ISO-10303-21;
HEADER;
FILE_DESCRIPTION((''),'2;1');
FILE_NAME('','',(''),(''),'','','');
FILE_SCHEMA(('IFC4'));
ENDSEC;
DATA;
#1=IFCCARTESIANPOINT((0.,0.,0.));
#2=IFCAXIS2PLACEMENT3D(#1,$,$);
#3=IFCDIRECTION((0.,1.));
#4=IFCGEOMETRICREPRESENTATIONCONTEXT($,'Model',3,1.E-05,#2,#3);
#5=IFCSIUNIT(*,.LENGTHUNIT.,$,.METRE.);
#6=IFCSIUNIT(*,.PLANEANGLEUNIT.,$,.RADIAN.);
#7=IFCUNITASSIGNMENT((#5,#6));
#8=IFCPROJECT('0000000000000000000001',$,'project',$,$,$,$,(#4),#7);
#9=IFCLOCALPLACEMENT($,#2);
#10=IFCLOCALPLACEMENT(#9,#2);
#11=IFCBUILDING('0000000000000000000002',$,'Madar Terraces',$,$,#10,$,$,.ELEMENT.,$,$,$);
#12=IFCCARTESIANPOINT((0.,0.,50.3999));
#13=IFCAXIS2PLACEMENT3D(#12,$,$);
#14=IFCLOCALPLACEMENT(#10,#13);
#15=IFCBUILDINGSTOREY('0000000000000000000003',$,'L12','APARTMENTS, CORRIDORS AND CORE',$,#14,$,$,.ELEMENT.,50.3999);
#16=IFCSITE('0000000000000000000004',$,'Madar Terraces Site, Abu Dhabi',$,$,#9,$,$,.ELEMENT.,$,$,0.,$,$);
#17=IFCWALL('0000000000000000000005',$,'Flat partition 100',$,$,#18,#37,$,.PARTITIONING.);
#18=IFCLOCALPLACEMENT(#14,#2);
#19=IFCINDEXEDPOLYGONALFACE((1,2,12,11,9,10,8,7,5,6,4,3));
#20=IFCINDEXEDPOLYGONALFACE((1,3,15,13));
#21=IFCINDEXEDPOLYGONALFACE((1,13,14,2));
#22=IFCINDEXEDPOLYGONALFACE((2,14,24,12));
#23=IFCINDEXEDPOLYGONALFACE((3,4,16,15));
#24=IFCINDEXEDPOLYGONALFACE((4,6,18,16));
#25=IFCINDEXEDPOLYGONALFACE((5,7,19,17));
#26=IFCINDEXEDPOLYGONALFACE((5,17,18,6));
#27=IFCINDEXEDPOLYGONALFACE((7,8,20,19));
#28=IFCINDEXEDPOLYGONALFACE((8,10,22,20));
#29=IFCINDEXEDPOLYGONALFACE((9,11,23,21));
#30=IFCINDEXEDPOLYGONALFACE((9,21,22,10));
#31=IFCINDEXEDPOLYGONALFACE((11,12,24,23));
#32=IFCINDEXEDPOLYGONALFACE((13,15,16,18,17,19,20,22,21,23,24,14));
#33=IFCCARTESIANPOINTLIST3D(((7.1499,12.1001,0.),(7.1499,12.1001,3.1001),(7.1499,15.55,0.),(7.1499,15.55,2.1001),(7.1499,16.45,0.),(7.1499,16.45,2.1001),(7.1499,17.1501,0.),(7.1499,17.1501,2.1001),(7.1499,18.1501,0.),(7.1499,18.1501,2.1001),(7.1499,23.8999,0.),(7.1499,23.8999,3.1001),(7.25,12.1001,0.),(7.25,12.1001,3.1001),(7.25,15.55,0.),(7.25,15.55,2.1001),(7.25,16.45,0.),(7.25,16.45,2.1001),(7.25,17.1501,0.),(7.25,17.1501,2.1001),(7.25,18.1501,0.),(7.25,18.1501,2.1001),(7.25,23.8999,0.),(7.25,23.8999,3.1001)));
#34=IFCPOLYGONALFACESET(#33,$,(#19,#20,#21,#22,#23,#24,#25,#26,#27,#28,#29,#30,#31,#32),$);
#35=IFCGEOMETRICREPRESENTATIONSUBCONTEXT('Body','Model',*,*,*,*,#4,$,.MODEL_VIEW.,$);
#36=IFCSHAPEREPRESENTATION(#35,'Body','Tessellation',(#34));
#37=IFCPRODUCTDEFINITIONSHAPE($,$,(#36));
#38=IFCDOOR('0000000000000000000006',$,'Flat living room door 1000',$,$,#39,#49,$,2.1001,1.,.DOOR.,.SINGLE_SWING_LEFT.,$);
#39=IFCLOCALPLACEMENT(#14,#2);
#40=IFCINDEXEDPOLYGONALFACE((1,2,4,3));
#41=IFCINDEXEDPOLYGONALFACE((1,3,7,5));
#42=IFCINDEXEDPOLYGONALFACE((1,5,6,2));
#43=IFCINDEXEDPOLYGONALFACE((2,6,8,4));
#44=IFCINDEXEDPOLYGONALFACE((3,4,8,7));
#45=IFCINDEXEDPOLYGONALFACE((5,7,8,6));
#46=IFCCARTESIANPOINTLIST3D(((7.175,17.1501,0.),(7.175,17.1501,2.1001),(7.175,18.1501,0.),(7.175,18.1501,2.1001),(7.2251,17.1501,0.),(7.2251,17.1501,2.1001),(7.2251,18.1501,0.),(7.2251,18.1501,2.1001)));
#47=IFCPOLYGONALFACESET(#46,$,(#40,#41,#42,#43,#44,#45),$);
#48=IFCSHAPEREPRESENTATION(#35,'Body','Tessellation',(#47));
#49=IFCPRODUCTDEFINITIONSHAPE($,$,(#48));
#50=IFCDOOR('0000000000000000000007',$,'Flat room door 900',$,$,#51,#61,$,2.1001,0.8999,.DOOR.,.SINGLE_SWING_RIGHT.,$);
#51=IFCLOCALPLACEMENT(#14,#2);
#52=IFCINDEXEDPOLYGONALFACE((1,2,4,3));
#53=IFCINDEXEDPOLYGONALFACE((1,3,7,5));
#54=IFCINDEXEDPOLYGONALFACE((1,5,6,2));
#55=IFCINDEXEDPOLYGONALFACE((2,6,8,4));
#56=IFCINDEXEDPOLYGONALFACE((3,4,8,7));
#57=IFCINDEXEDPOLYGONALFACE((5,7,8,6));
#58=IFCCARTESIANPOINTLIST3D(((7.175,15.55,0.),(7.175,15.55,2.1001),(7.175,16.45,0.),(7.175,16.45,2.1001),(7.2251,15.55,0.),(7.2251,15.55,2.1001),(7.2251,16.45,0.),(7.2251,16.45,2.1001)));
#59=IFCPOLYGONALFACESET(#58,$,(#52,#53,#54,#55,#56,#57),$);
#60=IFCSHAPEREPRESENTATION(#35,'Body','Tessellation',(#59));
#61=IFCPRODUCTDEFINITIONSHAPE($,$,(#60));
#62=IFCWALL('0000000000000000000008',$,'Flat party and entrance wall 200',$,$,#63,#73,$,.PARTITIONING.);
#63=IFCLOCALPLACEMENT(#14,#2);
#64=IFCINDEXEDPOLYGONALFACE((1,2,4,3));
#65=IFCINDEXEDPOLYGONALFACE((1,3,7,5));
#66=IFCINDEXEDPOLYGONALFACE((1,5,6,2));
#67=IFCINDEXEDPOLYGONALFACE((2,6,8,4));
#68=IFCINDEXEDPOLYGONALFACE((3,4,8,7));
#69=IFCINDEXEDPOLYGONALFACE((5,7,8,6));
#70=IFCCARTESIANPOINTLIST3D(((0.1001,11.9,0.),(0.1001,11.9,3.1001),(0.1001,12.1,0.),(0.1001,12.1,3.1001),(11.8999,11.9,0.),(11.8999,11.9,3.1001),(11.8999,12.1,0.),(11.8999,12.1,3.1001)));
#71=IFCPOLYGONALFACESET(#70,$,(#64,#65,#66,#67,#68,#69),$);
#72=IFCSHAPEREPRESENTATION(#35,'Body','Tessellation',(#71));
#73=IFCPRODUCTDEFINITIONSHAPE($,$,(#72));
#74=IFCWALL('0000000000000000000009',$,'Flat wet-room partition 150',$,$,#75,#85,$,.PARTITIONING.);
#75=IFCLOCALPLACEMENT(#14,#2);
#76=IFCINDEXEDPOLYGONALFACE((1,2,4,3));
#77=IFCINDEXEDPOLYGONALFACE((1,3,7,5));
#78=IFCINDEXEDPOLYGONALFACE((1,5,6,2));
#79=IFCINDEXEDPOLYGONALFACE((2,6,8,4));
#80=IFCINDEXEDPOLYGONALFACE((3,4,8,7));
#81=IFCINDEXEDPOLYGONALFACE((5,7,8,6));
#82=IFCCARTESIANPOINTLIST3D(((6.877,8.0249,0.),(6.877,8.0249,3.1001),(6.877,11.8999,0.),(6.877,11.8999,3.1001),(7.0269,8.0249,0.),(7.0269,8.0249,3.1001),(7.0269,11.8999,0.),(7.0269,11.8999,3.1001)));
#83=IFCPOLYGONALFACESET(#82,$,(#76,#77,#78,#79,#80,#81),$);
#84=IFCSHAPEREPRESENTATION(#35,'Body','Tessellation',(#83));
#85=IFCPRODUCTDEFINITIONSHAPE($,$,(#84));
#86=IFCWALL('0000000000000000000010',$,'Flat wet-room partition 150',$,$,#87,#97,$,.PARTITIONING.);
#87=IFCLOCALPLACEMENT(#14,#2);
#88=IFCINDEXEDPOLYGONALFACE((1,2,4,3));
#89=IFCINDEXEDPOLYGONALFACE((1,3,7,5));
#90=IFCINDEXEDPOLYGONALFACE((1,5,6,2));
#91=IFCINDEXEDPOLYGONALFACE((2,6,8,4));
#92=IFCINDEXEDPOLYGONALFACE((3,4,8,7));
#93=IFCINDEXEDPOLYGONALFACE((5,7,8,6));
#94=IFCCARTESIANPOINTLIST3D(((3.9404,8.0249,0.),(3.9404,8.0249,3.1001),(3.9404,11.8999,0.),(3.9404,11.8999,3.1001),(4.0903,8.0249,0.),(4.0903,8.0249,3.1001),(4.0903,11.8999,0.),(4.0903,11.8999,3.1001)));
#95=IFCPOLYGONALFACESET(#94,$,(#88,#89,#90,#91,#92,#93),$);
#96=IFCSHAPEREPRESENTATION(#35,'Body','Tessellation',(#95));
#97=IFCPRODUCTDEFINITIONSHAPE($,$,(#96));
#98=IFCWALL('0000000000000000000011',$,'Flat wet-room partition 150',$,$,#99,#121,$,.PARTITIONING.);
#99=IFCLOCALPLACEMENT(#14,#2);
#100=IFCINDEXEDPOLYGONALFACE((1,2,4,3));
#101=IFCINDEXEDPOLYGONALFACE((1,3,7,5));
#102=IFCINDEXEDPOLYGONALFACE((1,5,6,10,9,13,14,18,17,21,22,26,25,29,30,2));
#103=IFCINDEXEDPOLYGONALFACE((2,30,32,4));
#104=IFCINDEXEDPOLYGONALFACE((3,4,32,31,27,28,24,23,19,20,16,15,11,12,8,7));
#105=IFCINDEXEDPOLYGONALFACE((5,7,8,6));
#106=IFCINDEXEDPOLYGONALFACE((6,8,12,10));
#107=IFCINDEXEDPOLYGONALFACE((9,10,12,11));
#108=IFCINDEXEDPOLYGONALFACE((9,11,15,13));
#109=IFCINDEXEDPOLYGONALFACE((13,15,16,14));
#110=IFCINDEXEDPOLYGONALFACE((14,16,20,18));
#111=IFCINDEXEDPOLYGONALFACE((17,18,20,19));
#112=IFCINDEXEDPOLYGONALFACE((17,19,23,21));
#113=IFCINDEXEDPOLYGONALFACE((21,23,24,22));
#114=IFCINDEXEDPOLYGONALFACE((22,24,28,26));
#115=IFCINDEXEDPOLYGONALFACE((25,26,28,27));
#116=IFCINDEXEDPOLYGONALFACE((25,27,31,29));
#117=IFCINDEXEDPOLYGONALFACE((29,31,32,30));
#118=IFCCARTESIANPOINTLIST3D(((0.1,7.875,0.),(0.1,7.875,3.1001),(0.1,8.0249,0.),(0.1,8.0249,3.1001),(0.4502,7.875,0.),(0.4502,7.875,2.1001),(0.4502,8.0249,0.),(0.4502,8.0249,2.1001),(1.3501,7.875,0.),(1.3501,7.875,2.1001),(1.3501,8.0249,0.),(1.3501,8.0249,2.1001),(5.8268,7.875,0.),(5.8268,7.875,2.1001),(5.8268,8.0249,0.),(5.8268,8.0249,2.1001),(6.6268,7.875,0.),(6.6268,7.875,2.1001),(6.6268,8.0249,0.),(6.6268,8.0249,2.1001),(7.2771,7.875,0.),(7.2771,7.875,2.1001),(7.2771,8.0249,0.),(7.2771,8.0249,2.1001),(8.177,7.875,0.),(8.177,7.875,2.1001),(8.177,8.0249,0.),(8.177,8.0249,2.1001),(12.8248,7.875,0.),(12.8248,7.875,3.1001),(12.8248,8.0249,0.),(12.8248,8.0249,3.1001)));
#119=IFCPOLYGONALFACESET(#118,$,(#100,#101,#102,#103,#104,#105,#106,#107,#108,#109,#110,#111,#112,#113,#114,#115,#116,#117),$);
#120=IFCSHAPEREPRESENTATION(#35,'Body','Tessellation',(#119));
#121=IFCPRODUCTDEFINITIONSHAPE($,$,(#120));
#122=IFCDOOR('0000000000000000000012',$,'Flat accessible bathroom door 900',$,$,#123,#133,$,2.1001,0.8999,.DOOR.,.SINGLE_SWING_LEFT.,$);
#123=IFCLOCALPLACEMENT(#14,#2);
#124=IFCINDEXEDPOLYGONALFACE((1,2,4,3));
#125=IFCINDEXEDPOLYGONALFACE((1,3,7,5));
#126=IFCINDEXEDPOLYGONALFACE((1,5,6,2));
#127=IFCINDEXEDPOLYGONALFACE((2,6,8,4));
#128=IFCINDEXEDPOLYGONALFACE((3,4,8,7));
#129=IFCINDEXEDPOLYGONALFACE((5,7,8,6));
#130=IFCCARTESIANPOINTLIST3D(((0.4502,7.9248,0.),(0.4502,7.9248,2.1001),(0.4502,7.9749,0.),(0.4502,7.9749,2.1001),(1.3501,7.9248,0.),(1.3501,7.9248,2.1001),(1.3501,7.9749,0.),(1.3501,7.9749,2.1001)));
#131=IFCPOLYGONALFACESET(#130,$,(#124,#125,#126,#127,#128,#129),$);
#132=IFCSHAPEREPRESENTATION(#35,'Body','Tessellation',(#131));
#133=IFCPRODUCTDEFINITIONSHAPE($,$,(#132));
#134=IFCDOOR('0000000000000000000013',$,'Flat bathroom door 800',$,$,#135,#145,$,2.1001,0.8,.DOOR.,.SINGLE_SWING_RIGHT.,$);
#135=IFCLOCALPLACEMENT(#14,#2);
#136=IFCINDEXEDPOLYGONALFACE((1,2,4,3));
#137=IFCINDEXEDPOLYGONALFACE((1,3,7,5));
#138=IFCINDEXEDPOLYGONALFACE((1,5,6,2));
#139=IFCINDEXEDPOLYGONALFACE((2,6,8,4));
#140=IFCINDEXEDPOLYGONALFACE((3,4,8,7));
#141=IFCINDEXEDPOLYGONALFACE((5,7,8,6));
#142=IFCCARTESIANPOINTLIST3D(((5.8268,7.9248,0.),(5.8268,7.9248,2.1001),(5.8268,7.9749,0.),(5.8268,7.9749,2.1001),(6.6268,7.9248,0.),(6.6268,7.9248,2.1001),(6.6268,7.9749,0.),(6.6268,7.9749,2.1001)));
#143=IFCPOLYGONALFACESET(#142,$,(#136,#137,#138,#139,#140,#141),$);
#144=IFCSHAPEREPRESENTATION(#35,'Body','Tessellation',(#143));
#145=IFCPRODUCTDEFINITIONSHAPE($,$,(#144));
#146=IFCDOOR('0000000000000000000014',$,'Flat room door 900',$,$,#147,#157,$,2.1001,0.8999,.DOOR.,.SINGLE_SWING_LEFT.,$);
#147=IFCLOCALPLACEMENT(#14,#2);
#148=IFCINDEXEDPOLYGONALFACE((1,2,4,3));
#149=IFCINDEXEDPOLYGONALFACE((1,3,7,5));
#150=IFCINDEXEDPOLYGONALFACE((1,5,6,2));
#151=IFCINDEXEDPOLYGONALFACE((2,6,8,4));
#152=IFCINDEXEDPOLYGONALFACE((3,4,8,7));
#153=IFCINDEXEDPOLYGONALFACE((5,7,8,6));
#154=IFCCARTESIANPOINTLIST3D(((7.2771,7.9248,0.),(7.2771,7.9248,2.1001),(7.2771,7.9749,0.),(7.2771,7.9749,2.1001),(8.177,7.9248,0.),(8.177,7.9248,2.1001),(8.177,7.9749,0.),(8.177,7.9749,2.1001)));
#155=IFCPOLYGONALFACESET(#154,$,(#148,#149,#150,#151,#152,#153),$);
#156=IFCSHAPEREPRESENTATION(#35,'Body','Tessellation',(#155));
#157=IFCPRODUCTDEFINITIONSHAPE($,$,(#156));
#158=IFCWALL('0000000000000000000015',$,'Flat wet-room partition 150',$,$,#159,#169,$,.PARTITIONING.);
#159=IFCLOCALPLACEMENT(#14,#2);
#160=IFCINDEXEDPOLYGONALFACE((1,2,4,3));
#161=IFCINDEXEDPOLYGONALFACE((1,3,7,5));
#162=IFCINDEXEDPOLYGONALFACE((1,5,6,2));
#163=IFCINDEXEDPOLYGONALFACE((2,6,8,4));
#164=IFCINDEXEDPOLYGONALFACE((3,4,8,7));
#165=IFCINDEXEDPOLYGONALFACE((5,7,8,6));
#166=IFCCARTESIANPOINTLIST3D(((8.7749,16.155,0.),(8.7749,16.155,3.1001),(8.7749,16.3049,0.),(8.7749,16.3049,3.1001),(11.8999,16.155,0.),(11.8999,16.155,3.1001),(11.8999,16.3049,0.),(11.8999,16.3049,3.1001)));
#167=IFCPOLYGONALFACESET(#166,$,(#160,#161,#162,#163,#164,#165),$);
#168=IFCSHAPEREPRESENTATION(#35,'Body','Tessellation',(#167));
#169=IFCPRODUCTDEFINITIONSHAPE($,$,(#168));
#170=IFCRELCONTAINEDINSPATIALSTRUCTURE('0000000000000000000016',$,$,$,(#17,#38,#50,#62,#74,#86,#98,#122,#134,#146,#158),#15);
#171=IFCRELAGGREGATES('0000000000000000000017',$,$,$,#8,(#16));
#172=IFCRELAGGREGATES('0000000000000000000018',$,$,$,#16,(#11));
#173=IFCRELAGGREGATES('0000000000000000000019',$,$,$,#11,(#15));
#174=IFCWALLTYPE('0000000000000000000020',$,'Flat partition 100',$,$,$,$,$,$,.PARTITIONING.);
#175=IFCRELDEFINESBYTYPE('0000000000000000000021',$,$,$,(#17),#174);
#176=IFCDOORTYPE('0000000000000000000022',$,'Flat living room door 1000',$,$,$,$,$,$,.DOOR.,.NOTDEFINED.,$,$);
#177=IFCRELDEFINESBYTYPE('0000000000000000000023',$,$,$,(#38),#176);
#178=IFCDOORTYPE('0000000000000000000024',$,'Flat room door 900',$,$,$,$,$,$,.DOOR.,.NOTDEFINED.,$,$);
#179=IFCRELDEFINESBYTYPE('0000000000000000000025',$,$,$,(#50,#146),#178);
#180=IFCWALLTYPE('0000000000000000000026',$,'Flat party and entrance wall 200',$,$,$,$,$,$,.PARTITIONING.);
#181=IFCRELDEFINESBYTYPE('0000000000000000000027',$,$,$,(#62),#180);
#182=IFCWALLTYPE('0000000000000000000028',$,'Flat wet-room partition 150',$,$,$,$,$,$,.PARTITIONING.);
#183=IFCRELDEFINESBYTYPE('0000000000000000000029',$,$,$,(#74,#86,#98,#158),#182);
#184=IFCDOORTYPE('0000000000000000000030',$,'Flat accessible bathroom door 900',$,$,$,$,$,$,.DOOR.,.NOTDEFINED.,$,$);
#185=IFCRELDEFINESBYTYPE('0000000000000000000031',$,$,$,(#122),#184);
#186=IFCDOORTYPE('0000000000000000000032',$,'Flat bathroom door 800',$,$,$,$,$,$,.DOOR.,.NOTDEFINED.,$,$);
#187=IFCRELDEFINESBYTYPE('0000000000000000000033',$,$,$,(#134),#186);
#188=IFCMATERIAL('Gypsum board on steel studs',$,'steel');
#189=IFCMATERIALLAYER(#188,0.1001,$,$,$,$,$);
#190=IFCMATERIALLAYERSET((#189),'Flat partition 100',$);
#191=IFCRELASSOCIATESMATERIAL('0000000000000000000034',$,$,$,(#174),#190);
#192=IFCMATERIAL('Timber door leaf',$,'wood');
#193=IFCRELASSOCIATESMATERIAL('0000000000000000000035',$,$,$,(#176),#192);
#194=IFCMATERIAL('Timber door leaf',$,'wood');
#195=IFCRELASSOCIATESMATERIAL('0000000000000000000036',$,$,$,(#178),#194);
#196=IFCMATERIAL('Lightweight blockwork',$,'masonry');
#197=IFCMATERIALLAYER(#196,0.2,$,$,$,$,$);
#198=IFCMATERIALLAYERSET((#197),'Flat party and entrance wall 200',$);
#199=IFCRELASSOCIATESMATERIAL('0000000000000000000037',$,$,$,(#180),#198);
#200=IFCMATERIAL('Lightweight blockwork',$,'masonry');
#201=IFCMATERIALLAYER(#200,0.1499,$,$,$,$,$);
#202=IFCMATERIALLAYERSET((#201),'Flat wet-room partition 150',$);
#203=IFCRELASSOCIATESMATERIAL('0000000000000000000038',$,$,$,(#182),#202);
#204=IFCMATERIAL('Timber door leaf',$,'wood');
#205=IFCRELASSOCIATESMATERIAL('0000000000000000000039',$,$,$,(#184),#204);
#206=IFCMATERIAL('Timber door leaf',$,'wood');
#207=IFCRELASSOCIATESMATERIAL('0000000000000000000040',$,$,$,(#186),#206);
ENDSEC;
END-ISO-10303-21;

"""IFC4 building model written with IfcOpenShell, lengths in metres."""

from ifc_helpers import new_model, si_unit, direction, frame, frame_2d, origin, place, context, subcontext, project, spatial, rectangle, extrude, material, layer, layer_set, type_object, element, fill, save


model = new_model("IFC4")

# Units and contexts
model_context = context("Model", 3, precision=1e-05, world=origin(), true_north=direction((0.0, 1.0)))
body_context = subcontext(model_context, "Body", "Model", "MODEL_VIEW")
ifc_project = project(units=[si_unit("LENGTHUNIT", "METRE"), si_unit("PLANEANGLEUNIT", "RADIAN")], contexts=[model_context])

# Site, building, storey
site_placement = place(None, origin())
site = spatial("IfcSite", under=ifc_project, at=site_placement, Name="Madar Terraces Site, Abu Dhabi", CompositionType="ELEMENT", RefElevation=0.0)
building_placement = place(site_placement, origin())
building = spatial("IfcBuilding", under=site, at=building_placement, Name="Madar Terraces", CompositionType="ELEMENT")
storey_placement = place(building_placement, frame((0.0, 0.0, 50.3999)))
storey = spatial("IfcBuildingStorey", under=building, at=storey_placement, Name="L12", Description="APARTMENTS, CORRIDORS AND CORE", CompositionType="ELEMENT", Elevation=50.3999)

# Shared definitions
ifc_material_1 = material(Name="Gypsum board on steel studs", Category="steel")
ifc_layer_1 = layer(ifc_material_1, 0.1001)
ifc_layer_set_1 = layer_set([ifc_layer_1], Name="Flat partition 100")
wall_type_1 = type_object("IfcWallType", Name="Flat partition 100", PredefinedType="PARTITIONING", material=ifc_layer_set_1)

# Wall, openings, doors
wall_1_placement = place(storey_placement, frame((7.2, 12.1001, 0.0), z_axis=(0.0, 0.0, 1.0), x_axis=(0.0, 1.0, 0.0)))
wall_1 = element("IfcWall", 1, at=wall_1_placement, inside=storey, type_object=wall_type_1, Name="Flat partition 100", PredefinedType="PARTITIONING", context=body_context, shape_type="SweptSolid", body=[
    extrude(rectangle(XDim=11.7998, YDim=0.1001, at=frame_2d((5.8999, 0.0))), origin(), (0.0, 0.0, 1.0), 3.1001),
])
opening_1_placement = place(wall_1_placement, frame((5.05, 0.0, 0.0)))
opening_1 = element("IfcOpeningElement", 2, at=opening_1_placement, cuts=wall_1, PredefinedType="OPENING", context=body_context, shape_type="SweptSolid", body=[
    extrude(rectangle(XDim=1.0, YDim=2.1001, at=frame_2d((0.5, 1.05))), frame((0.0, 0.0601, 0.0), z_axis=(0.0, -1.0, 0.0), x_axis=(1.0, 0.0, 0.0)), (0.0, 0.0, 1.0), 0.1201),
])
opening_2_placement = place(wall_1_placement, frame((3.45, 0.0, 0.0)))
opening_2 = element("IfcOpeningElement", 3, at=opening_2_placement, cuts=wall_1, PredefinedType="OPENING", context=body_context, shape_type="SweptSolid", body=[
    extrude(rectangle(XDim=0.8999, YDim=2.1001, at=frame_2d((0.45, 1.05))), frame((0.0, 0.0601, 0.0), z_axis=(0.0, -1.0, 0.0), x_axis=(1.0, 0.0, 0.0)), (0.0, 0.0, 1.0), 0.1201),
])
ifc_material_2 = material(Name="Timber door leaf", Category="wood")
door_type_1 = type_object("IfcDoorType", Name="Flat living room door 1000", OperationType="NOTDEFINED", PredefinedType="DOOR", material=ifc_material_2)
door_1_placement = place(opening_1_placement, origin())
door_1 = element("IfcDoor", 4, at=door_1_placement, inside=storey, type_object=door_type_1, Name="Flat living room door 1000", OperationType="SINGLE_SWING_LEFT", OverallHeight=2.1001, OverallWidth=1.0, PredefinedType="DOOR", context=body_context, shape_type="SweptSolid", body=[
    extrude(rectangle(XDim=1.0, YDim=2.1001, at=frame_2d((0.5, 1.05))), frame((0.0, 0.0249, 0.0), z_axis=(0.0, -1.0, 0.0), x_axis=(1.0, 0.0, 0.0)), (0.0, 0.0, 1.0), 0.05),
])
fill(opening_1, door_1)
ifc_material_3 = material(Name="Timber door leaf", Category="wood")
door_type_2 = type_object("IfcDoorType", Name="Flat room door 900", OperationType="NOTDEFINED", PredefinedType="DOOR", material=ifc_material_3)
door_2_placement = place(opening_2_placement, origin())
door_2 = element("IfcDoor", 5, at=door_2_placement, inside=storey, type_object=door_type_2, Name="Flat room door 900", OperationType="SINGLE_SWING_RIGHT", OverallHeight=2.1001, OverallWidth=0.8999, PredefinedType="DOOR", context=body_context, shape_type="SweptSolid", body=[
    extrude(rectangle(XDim=0.8999, YDim=2.1001, at=frame_2d((0.45, 1.05))), frame((0.0, 0.0249, 0.0), z_axis=(0.0, -1.0, 0.0), x_axis=(1.0, 0.0, 0.0)), (0.0, 0.0, 1.0), 0.05),
])
fill(opening_2, door_2)

# Walls
ifc_material_4 = material(Name="Lightweight blockwork", Category="masonry")
ifc_layer_2 = layer(ifc_material_4, 0.2)
ifc_layer_set_2 = layer_set([ifc_layer_2], Name="Flat party and entrance wall 200")
wall_type_2 = type_object("IfcWallType", Name="Flat party and entrance wall 200", PredefinedType="PARTITIONING", material=ifc_layer_set_2)
wall_2_placement = place(storey_placement, frame((0.1001, 12.0, 0.0), z_axis=(0.0, 0.0, 1.0), x_axis=(1.0, 0.0, 0.0)))
element("IfcWall", 6, at=wall_2_placement, inside=storey, type_object=wall_type_2, Name="Flat party and entrance wall 200", PredefinedType="PARTITIONING", context=body_context, shape_type="SweptSolid", body=[
    extrude(rectangle(XDim=11.7998, YDim=0.2, at=frame_2d((5.8999, 0.0))), origin(), (0.0, 0.0, 1.0), 3.1001),
])
ifc_material_5 = material(Name="Lightweight blockwork", Category="masonry")
ifc_layer_3 = layer(ifc_material_5, 0.1499)
ifc_layer_set_3 = layer_set([ifc_layer_3], Name="Flat wet-room partition 150")
wall_type_3 = type_object("IfcWallType", Name="Flat wet-room partition 150", PredefinedType="PARTITIONING", material=ifc_layer_set_3)
for number, where, z_axis, x_axis, name in (
    (7, (6.9519, 11.8999, 0.0), (0.0, 0.0, 1.0), (0.0, -1.0, 0.0), "Flat wet-room partition 150"),
    (8, (4.0154, 11.8999, 0.0), (0.0, 0.0, 1.0), (0.0, -1.0, 0.0), "Flat wet-room partition 150"),
):
    element("IfcWall", number, at=place(storey_placement, frame(where, z_axis=z_axis, x_axis=x_axis)), inside=storey, type_object=wall_type_3, Name=name, PredefinedType="PARTITIONING", context=body_context, shape_type="SweptSolid", body=[
        extrude(rectangle(XDim=3.875, YDim=0.1499, at=frame_2d((1.9375, 0.0))), origin(), (0.0, 0.0, 1.0), 3.1001),
    ])

# Wall, openings, doors
wall_3_placement = place(storey_placement, frame((0.1001, 7.95, 0.0), z_axis=(0.0, 0.0, 1.0), x_axis=(1.0, 0.0, 0.0)))
wall_3 = element("IfcWall", 9, at=wall_3_placement, inside=storey, type_object=wall_type_3, Name="Flat wet-room partition 150", PredefinedType="PARTITIONING", context=body_context, shape_type="SweptSolid", body=[
    extrude(rectangle(XDim=12.7249, YDim=0.1499, at=frame_2d((6.3623, 0.0))), origin(), (0.0, 0.0, 1.0), 3.1001),
])
opening_3_placement = place(wall_3_placement, frame((7.177, 0.0, 0.0)))
opening_3 = element("IfcOpeningElement", 10, at=opening_3_placement, cuts=wall_3, PredefinedType="OPENING", context=body_context, shape_type="SweptSolid", body=[
    extrude(rectangle(XDim=0.8999, YDim=2.1001, at=frame_2d((0.45, 1.05))), frame((0.0, 0.085, 0.0), z_axis=(0.0, -1.0, 0.0), x_axis=(1.0, 0.0, 0.0)), (0.0, 0.0, 1.0), 0.1699),
])
opening_4_placement = place(wall_3_placement, frame((5.7268, 0.0, 0.0)))
opening_4 = element("IfcOpeningElement", 11, at=opening_4_placement, cuts=wall_3, PredefinedType="OPENING", context=body_context, shape_type="SweptSolid", body=[
    extrude(rectangle(XDim=0.8, YDim=2.1001, at=frame_2d((0.3999, 1.05))), frame((0.0, 0.085, 0.0), z_axis=(0.0, -1.0, 0.0), x_axis=(1.0, 0.0, 0.0)), (0.0, 0.0, 1.0), 0.1699),
])
opening_5_placement = place(wall_3_placement, frame((0.3501, 0.0, 0.0)))
opening_5 = element("IfcOpeningElement", 12, at=opening_5_placement, cuts=wall_3, PredefinedType="OPENING", context=body_context, shape_type="SweptSolid", body=[
    extrude(rectangle(XDim=0.8999, YDim=2.1001, at=frame_2d((0.45, 1.05))), frame((0.0, 0.085, 0.0), z_axis=(0.0, -1.0, 0.0), x_axis=(1.0, 0.0, 0.0)), (0.0, 0.0, 1.0), 0.1699),
])
ifc_material_6 = material(Name="Timber door leaf", Category="wood")
door_type_3 = type_object("IfcDoorType", Name="Flat accessible bathroom door 900", OperationType="NOTDEFINED", PredefinedType="DOOR", material=ifc_material_6)
door_3_placement = place(opening_5_placement, origin())
door_3 = element("IfcDoor", 13, at=door_3_placement, inside=storey, type_object=door_type_3, Name="Flat accessible bathroom door 900", OperationType="SINGLE_SWING_LEFT", OverallHeight=2.1001, OverallWidth=0.8999, PredefinedType="DOOR", context=body_context, shape_type="SweptSolid", body=[
    extrude(rectangle(XDim=0.8999, YDim=2.1001, at=frame_2d((0.45, 1.05))), frame((0.0, 0.0249, 0.0), z_axis=(0.0, -1.0, 0.0), x_axis=(1.0, 0.0, 0.0)), (0.0, 0.0, 1.0), 0.05),
])
fill(opening_5, door_3)
ifc_material_7 = material(Name="Timber door leaf", Category="wood")
door_type_4 = type_object("IfcDoorType", Name="Flat bathroom door 800", OperationType="NOTDEFINED", PredefinedType="DOOR", material=ifc_material_7)
door_4_placement = place(opening_4_placement, origin())
door_4 = element("IfcDoor", 14, at=door_4_placement, inside=storey, type_object=door_type_4, Name="Flat bathroom door 800", OperationType="SINGLE_SWING_RIGHT", OverallHeight=2.1001, OverallWidth=0.8, PredefinedType="DOOR", context=body_context, shape_type="SweptSolid", body=[
    extrude(rectangle(XDim=0.8, YDim=2.1001, at=frame_2d((0.3999, 1.05))), frame((0.0, 0.0249, 0.0), z_axis=(0.0, -1.0, 0.0), x_axis=(1.0, 0.0, 0.0)), (0.0, 0.0, 1.0), 0.05),
])
fill(opening_4, door_4)
door_5_placement = place(opening_3_placement, origin())
door_5 = element("IfcDoor", 15, at=door_5_placement, inside=storey, type_object=door_type_2, Name="Flat room door 900", OperationType="SINGLE_SWING_LEFT", OverallHeight=2.1001, OverallWidth=0.8999, PredefinedType="DOOR", context=body_context, shape_type="SweptSolid", body=[
    extrude(rectangle(XDim=0.8999, YDim=2.1001, at=frame_2d((0.45, 1.05))), frame((0.0, 0.0249, 0.0), z_axis=(0.0, -1.0, 0.0), x_axis=(1.0, 0.0, 0.0)), (0.0, 0.0, 1.0), 0.05),
])
fill(opening_3, door_5)

# Wall
wall_4_placement = place(storey_placement, frame((11.8999, 16.23, 0.0), z_axis=(0.0, 0.0, 1.0), x_axis=(-1.0, 0.0, 0.0)))
element("IfcWall", 16, at=wall_4_placement, inside=storey, type_object=wall_type_3, Name="Flat wet-room partition 150", PredefinedType="PARTITIONING", context=body_context, shape_type="SweptSolid", body=[
    extrude(rectangle(XDim=3.125, YDim=0.1499, at=frame_2d((1.5625, 0.0))), origin(), (0.0, 0.0, 1.0), 3.1001),
])

save(model, "model.ifc")
